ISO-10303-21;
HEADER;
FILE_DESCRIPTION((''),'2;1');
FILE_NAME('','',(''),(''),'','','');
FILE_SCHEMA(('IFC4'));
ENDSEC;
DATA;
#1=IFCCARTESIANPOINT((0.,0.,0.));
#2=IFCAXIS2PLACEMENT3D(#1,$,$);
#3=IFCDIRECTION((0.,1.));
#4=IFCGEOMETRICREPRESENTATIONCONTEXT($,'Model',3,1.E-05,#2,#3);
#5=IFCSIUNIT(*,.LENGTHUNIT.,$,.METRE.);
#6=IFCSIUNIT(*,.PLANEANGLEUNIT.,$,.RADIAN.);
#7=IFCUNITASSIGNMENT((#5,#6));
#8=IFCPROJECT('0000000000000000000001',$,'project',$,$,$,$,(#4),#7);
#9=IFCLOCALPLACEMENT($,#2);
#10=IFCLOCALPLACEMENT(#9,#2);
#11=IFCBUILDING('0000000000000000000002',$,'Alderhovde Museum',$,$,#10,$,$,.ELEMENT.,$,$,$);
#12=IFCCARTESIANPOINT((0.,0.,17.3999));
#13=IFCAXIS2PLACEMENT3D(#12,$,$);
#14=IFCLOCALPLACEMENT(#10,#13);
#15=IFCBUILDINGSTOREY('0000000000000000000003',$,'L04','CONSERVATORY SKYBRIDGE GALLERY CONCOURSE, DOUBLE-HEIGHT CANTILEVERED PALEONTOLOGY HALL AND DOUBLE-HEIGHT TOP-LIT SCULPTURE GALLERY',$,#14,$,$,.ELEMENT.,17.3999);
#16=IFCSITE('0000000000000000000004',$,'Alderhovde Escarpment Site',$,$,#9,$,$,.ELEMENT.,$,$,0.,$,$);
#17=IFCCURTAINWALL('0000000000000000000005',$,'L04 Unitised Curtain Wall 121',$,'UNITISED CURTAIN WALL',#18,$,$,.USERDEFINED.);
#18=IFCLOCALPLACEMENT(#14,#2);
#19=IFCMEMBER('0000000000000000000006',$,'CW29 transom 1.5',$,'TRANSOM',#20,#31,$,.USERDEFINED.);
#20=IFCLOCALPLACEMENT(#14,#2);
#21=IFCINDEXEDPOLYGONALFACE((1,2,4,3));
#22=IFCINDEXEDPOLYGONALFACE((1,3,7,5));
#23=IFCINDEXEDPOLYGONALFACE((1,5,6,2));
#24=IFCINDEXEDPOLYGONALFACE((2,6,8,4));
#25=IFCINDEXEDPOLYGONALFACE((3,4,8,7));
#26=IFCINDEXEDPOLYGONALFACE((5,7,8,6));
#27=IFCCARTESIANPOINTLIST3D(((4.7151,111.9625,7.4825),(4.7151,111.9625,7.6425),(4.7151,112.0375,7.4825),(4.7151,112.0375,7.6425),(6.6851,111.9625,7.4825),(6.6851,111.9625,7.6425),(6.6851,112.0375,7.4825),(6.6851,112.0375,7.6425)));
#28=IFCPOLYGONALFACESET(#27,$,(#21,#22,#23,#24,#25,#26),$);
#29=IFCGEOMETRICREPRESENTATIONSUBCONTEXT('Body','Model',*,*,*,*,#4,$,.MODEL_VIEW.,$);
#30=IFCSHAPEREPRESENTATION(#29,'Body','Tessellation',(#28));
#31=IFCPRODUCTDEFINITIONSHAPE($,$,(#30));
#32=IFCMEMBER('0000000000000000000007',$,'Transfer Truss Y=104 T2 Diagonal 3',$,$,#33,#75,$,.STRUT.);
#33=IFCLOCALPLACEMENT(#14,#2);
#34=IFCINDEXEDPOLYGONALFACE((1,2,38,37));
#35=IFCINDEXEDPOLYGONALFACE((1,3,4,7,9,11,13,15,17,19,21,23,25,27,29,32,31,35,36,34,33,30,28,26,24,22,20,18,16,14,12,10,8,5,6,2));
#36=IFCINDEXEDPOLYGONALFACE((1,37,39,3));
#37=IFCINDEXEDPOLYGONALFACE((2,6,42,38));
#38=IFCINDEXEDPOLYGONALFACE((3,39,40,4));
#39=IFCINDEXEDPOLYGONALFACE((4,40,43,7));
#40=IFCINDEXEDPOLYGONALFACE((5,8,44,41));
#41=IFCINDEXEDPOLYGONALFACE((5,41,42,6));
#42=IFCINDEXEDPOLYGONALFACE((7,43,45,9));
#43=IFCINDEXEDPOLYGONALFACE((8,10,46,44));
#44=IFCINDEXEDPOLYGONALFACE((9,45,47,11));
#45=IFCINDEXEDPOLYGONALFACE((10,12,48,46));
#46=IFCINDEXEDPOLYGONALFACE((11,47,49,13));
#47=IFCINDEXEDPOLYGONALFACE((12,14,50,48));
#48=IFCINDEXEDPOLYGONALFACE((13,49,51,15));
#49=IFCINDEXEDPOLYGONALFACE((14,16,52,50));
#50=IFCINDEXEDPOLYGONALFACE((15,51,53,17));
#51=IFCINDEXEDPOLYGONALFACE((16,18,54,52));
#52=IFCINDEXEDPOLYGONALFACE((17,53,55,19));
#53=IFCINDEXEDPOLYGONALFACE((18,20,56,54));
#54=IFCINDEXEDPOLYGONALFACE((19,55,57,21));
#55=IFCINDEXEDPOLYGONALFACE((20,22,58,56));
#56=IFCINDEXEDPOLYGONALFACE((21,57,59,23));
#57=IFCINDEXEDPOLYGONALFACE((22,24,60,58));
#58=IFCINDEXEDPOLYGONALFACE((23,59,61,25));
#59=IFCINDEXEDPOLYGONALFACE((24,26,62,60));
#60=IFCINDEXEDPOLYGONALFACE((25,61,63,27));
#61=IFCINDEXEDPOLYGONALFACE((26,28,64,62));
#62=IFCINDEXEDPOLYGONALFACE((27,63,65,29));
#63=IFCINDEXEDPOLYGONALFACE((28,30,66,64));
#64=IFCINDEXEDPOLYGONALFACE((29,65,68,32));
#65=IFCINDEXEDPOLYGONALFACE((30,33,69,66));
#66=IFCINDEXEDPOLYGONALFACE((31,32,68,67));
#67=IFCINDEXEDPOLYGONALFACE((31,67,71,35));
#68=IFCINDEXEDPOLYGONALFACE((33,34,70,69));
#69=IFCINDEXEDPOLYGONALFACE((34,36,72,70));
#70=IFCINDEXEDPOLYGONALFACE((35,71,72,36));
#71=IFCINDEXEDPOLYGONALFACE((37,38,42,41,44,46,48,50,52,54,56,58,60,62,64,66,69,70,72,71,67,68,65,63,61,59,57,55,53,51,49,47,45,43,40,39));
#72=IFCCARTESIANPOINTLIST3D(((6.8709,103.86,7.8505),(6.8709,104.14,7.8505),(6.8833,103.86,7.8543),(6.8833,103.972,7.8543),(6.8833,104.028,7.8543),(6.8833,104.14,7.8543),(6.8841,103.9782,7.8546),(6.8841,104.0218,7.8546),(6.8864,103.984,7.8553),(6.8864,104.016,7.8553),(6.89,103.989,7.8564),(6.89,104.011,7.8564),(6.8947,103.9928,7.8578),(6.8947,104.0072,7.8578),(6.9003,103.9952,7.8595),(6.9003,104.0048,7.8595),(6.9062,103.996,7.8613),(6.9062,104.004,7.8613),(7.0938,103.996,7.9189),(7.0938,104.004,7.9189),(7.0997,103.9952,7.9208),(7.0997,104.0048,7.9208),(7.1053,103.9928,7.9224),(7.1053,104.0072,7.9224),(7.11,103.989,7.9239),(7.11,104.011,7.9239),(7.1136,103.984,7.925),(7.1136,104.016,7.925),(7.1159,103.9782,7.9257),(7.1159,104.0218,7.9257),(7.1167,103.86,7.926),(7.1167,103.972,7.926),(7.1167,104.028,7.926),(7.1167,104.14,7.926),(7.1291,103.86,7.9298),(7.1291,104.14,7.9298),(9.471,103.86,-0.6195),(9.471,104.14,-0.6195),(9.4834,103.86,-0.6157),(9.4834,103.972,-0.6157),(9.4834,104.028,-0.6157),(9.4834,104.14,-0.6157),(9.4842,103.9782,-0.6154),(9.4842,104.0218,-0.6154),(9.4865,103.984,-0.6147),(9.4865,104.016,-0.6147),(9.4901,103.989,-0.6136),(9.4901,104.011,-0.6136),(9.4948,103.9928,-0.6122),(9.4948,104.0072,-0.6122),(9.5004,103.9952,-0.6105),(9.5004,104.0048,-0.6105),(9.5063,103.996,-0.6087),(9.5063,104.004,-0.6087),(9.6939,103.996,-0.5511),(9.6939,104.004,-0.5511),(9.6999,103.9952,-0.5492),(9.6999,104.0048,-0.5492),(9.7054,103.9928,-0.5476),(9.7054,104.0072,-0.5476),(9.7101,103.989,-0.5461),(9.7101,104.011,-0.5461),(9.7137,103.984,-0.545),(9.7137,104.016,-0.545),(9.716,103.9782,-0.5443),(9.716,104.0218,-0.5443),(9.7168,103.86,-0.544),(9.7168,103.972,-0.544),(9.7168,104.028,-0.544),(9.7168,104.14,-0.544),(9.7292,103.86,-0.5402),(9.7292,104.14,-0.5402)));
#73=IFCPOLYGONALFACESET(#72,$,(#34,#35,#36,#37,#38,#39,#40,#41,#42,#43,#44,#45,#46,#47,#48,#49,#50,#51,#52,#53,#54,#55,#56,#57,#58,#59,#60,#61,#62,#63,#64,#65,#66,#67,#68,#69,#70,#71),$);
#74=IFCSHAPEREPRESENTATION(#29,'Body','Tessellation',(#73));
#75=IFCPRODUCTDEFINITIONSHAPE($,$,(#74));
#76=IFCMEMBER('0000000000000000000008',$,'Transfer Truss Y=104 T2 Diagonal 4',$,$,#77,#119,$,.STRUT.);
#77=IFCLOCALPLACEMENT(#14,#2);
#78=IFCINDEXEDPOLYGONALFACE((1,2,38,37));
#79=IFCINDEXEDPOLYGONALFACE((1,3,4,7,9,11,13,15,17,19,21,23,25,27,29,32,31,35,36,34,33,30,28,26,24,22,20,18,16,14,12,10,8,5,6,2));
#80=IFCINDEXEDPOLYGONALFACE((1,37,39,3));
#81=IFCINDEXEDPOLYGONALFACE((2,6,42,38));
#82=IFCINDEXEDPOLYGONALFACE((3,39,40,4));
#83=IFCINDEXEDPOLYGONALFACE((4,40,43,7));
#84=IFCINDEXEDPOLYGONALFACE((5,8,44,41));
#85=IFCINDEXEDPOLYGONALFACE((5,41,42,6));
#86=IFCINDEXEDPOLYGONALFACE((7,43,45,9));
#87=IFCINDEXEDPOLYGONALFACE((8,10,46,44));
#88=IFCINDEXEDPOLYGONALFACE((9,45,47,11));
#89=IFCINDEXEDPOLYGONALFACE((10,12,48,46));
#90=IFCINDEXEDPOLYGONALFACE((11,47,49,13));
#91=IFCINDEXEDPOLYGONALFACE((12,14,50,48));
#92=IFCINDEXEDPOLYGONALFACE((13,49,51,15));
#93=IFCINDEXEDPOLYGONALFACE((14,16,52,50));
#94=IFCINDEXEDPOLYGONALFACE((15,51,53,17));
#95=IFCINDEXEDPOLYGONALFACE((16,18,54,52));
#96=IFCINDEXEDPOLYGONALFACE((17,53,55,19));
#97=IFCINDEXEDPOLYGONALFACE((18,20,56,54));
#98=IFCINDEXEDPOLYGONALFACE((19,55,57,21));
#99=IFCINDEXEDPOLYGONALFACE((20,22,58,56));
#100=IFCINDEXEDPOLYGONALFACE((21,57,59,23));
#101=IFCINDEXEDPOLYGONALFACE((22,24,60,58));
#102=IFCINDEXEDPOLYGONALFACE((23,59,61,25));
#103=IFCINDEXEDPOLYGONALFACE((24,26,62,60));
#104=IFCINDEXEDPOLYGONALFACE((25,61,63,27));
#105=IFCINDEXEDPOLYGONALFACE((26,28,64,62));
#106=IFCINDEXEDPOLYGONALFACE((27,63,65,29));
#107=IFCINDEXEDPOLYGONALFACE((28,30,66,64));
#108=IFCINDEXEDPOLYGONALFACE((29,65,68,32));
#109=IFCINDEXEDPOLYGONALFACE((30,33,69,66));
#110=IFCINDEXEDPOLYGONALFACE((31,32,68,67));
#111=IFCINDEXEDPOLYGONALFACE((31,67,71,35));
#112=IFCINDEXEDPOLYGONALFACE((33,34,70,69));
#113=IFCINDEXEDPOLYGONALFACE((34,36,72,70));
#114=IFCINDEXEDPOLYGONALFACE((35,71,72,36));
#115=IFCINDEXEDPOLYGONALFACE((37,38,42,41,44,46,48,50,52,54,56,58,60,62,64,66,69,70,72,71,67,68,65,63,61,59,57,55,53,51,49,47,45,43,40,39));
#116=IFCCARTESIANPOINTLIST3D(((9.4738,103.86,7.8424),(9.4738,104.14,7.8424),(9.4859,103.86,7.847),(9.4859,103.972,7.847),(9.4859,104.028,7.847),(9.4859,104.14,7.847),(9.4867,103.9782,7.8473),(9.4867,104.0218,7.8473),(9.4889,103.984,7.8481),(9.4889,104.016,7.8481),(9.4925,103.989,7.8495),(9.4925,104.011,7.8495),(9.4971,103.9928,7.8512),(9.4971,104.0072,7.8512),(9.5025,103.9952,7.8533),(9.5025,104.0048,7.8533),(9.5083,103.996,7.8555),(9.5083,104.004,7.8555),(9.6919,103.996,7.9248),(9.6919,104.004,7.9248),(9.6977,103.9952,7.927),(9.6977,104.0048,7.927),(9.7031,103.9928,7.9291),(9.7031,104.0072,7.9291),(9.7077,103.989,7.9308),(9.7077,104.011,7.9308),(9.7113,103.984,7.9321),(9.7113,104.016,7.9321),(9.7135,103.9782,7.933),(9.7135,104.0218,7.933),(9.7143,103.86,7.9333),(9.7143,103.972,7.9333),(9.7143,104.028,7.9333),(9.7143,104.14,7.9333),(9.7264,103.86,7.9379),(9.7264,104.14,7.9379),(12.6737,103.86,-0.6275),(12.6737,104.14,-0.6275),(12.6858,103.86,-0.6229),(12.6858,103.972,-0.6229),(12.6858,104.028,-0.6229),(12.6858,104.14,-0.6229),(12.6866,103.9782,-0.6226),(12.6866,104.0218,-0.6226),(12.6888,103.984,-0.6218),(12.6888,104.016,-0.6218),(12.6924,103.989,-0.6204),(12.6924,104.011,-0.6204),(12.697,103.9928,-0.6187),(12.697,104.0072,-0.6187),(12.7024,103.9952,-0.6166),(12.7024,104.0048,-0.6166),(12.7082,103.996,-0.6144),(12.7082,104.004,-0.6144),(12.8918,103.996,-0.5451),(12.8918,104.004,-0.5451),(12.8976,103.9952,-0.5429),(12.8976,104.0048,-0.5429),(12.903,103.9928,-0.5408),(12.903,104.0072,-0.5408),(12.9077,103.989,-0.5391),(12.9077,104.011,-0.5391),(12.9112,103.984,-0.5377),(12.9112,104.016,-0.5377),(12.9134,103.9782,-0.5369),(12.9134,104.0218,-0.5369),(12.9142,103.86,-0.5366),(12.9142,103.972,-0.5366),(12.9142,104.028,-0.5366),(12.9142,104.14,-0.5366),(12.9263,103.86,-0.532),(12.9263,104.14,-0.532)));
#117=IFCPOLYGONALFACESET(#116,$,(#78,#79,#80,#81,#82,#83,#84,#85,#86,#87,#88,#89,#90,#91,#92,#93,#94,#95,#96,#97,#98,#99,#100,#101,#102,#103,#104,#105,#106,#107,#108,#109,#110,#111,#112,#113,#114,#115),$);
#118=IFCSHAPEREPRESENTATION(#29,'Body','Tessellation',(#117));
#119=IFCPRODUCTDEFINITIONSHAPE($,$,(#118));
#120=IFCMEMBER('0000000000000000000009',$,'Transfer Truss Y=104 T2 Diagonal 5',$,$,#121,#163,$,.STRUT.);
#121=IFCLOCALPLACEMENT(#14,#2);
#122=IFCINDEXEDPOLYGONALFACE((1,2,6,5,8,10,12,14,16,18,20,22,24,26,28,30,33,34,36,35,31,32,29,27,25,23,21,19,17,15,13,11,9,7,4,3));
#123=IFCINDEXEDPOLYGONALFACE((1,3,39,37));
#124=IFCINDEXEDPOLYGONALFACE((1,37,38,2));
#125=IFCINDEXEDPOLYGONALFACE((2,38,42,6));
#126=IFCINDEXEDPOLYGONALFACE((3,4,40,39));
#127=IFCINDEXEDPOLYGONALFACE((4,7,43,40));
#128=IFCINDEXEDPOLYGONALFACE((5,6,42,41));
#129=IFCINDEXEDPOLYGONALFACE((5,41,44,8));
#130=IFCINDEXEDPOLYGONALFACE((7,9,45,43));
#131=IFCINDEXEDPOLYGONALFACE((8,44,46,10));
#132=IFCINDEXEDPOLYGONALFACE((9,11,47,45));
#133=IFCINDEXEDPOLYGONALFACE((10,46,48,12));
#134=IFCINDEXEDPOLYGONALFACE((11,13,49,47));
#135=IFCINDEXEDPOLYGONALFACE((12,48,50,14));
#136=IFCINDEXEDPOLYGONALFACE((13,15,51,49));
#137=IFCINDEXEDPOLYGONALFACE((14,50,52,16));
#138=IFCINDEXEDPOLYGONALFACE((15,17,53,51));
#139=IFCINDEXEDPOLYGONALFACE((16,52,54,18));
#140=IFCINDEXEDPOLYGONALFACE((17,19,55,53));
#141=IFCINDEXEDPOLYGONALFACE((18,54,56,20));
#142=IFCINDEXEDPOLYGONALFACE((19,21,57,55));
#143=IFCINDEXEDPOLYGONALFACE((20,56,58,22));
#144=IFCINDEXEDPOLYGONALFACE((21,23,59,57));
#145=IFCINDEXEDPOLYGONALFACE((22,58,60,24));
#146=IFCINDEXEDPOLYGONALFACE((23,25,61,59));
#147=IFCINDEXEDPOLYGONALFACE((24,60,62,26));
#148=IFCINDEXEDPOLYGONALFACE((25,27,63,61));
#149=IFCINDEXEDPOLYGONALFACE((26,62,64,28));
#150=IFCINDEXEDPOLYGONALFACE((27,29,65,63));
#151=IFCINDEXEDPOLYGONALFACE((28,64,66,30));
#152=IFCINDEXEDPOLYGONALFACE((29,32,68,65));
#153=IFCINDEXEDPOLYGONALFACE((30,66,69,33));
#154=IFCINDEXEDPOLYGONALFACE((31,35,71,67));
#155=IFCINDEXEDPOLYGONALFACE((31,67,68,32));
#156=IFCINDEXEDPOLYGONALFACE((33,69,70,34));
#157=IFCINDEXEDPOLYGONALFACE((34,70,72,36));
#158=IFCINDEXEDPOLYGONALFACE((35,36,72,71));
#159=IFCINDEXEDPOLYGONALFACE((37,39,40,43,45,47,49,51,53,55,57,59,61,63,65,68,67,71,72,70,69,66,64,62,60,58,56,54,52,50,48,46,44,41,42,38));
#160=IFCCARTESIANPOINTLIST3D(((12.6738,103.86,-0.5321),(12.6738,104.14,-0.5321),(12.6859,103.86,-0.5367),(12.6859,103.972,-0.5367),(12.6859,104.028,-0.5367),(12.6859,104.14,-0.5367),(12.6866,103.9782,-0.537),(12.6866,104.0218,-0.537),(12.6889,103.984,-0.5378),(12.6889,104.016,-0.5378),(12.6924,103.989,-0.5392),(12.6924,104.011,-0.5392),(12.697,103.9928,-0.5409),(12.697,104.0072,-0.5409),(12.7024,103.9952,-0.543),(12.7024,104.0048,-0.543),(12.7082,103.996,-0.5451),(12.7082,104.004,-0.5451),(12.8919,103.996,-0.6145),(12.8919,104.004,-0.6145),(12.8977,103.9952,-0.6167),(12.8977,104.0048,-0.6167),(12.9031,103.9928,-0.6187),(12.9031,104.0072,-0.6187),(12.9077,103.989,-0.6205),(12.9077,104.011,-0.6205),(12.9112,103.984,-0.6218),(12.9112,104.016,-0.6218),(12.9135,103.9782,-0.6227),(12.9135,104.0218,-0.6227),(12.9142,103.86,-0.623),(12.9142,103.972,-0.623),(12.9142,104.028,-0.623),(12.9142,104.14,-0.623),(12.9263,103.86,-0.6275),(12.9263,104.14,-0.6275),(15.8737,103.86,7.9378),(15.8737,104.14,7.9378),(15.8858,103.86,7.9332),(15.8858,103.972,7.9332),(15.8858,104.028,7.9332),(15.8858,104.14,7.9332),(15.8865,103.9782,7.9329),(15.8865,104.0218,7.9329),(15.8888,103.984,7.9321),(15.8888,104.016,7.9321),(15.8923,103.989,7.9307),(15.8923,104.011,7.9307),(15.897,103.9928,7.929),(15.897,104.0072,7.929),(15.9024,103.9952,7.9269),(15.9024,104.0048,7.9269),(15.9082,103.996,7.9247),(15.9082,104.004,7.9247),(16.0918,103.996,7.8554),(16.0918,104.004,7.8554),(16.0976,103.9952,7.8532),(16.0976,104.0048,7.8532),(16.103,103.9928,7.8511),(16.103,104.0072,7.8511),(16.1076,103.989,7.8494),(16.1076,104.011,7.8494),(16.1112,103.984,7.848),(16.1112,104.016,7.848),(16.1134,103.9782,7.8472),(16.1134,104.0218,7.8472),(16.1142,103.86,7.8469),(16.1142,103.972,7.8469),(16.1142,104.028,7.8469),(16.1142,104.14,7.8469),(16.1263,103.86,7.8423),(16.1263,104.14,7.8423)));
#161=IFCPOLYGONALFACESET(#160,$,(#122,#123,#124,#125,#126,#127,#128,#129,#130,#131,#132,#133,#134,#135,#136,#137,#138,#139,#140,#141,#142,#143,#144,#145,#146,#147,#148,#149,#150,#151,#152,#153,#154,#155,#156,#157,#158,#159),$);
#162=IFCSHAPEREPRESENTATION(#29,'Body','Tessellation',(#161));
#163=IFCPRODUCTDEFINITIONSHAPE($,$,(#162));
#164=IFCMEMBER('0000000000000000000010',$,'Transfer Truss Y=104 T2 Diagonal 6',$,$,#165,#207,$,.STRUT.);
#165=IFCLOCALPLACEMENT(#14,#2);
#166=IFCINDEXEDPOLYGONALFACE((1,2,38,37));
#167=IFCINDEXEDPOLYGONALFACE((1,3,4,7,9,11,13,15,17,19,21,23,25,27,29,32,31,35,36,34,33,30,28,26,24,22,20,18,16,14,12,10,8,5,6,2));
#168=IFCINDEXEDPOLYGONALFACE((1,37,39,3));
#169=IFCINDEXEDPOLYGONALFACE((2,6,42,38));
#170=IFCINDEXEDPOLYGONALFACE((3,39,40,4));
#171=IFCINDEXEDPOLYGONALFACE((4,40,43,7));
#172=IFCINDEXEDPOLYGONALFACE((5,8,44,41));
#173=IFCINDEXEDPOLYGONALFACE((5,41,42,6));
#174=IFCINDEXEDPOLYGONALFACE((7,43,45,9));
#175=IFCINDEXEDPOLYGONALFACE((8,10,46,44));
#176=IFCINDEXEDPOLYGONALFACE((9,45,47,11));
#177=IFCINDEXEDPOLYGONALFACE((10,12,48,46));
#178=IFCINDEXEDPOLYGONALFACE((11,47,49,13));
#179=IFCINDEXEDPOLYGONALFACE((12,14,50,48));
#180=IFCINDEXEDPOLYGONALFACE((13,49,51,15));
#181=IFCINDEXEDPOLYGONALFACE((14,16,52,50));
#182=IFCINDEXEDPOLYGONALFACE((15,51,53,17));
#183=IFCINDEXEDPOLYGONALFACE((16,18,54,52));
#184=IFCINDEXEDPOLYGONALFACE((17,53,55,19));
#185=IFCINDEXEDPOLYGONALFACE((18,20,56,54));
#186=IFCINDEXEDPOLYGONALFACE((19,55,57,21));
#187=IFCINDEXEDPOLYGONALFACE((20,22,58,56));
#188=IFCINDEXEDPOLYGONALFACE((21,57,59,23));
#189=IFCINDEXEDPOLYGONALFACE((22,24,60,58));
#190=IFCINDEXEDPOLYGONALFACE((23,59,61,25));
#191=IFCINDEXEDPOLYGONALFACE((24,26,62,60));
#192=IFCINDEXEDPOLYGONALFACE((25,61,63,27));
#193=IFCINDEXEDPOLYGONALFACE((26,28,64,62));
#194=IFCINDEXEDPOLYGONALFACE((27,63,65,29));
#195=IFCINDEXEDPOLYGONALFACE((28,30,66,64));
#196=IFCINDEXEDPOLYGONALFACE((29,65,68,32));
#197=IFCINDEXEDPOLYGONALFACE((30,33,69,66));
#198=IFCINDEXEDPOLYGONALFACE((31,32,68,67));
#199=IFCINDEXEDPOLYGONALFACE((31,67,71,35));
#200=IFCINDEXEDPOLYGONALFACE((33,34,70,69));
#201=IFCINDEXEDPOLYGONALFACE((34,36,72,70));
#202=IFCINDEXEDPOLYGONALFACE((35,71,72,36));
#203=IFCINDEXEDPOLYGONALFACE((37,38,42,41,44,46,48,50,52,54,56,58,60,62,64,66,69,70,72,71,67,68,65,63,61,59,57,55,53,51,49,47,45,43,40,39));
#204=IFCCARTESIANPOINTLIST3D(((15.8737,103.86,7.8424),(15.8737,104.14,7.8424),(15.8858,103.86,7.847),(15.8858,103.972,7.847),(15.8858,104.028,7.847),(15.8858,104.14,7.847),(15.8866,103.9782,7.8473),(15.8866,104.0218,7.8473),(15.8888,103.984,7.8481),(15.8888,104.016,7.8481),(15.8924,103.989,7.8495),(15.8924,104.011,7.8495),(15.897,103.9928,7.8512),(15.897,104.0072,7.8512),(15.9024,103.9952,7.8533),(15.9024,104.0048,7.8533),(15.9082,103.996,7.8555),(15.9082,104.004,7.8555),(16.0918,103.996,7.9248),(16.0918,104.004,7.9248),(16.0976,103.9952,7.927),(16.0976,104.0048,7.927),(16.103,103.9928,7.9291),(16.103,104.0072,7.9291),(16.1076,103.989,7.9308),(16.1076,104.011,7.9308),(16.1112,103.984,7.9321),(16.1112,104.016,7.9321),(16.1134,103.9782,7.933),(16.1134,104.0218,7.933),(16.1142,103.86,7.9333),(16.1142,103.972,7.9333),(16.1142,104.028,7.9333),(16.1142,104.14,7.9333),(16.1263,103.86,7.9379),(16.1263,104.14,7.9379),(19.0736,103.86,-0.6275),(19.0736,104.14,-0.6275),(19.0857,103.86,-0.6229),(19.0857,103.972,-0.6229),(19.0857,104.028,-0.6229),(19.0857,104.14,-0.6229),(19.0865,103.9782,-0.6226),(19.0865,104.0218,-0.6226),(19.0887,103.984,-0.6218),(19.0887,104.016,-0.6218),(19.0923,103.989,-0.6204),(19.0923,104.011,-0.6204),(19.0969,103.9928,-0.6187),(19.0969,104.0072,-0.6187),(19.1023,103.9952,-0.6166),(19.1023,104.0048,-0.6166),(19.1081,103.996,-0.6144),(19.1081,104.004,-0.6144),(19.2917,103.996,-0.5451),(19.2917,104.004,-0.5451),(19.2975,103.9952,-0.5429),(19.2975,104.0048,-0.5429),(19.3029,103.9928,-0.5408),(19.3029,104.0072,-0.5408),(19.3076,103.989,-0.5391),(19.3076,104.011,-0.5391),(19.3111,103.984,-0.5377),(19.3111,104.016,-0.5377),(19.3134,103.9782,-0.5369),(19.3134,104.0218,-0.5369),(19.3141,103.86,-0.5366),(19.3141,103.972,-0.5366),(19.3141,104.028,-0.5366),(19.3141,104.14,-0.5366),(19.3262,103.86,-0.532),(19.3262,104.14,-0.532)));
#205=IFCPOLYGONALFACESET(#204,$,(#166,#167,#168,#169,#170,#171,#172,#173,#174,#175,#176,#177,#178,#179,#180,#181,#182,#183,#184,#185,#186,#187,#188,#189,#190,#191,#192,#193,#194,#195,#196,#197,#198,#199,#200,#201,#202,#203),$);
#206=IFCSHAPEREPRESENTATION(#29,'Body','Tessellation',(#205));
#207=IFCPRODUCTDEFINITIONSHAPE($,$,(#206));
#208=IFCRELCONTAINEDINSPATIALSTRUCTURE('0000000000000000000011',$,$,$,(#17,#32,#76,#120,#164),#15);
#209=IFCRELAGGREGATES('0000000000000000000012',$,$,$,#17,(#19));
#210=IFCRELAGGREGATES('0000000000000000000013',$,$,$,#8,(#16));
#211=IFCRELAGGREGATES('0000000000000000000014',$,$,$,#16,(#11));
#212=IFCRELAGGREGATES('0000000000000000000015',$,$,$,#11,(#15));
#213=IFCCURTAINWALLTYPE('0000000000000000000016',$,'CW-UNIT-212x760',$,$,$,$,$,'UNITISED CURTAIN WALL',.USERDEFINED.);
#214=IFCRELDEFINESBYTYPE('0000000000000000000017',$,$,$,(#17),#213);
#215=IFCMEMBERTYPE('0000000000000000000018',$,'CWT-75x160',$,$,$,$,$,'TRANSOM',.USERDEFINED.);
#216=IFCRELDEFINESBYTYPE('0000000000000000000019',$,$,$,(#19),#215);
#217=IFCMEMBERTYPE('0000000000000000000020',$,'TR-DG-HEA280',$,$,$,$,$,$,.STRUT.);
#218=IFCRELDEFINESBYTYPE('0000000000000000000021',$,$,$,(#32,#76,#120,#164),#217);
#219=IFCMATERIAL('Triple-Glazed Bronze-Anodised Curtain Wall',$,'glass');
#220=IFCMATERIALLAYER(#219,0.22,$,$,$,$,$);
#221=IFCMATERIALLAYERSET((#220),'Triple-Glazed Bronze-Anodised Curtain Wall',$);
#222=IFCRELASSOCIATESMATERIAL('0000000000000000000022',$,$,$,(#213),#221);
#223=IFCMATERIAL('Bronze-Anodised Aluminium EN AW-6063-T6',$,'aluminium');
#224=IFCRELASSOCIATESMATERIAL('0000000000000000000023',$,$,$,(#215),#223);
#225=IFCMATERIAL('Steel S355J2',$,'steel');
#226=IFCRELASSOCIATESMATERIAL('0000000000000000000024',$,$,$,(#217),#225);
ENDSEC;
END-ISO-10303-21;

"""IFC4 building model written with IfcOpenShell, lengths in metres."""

from ifc_helpers import new_model, si_unit, direction, frame, origin, origin_2d, place, context, subcontext, project, spatial, rectangle, i_section, extrude, material, layer, layer_set, material_profile, profile_set, type_object, element, aggregate, save


model = new_model("IFC4")

# Units and contexts
model_context = context("Model", 3, precision=1e-05, world=origin(), true_north=direction((0.0, 1.0)))
body_context = subcontext(model_context, "Body", "Model", "MODEL_VIEW")
ifc_project = project(units=[si_unit("LENGTHUNIT", "METRE"), si_unit("PLANEANGLEUNIT", "RADIAN")], contexts=[model_context])

# Site, building, storey
site_placement = place(None, origin())
site = spatial("IfcSite", under=ifc_project, at=site_placement, Name="Alderhovde Escarpment Site", CompositionType="ELEMENT", RefElevation=0.0)
building_placement = place(site_placement, origin())
building = spatial("IfcBuilding", under=site, at=building_placement, Name="Alderhovde Museum", CompositionType="ELEMENT")
storey_placement = place(building_placement, frame((0.0, 0.0, 17.3999)))
storey = spatial("IfcBuildingStorey", under=building, at=storey_placement, Name="L04", Description="CONSERVATORY SKYBRIDGE GALLERY CONCOURSE, DOUBLE-HEIGHT CANTILEVERED PALEONTOLOGY HALL AND DOUBLE-HEIGHT TOP-LIT SCULPTURE GALLERY", CompositionType="ELEMENT", Elevation=17.3999)

# Curtain wall, member
ifc_material_1 = material(Name="Triple-Glazed Bronze-Anodised Curtain Wall", Category="glass")
ifc_layer_1 = layer(ifc_material_1, 0.22)
ifc_layer_set_1 = layer_set([ifc_layer_1], Name="Triple-Glazed Bronze-Anodised Curtain Wall")
curtain_wall_type = type_object("IfcCurtainWallType", Name="CW-UNIT-212x760", ElementType="UNITISED CURTAIN WALL", PredefinedType="USERDEFINED", material=ifc_layer_set_1)
curtain_wall_placement = place(storey_placement, origin())
curtain_wall = element("IfcCurtainWall", 1, at=curtain_wall_placement, inside=storey, type_object=curtain_wall_type, Name="L04 Unitised Curtain Wall 121", ObjectType="UNITISED CURTAIN WALL", PredefinedType="USERDEFINED")
ifc_material_2 = material(Name="Bronze-Anodised Aluminium EN AW-6063-T6", Category="aluminium")
ifc_material_profile_1 = material_profile(ifc_material_2, rectangle(XDim=0.075, YDim=0.1599, at=origin_2d()), Name="TRANSOM 75x160")
ifc_profile_set_1 = profile_set([ifc_material_profile_1], Name="Bronze-Anodised Aluminium EN AW-6063-T6")
member_type_1 = type_object("IfcMemberType", Name="CWT-75x160", ElementType="TRANSOM", PredefinedType="USERDEFINED", material=ifc_profile_set_1)
member_1_placement = place(storey_placement, frame((4.7151, 112.0, 7.5625), z_axis=(1.0, 0.0, 0.0), x_axis=(0.0, 1.0, 0.0)))
member_1 = element("IfcMember", 2, at=member_1_placement, type_object=member_type_1, Name="CW29 transom 1.5", ObjectType="TRANSOM", PredefinedType="USERDEFINED", context=body_context, shape_type="SweptSolid", body=[
    extrude(rectangle(XDim=0.075, YDim=0.1599, at=origin_2d()), origin(), (0.0, 0.0, 1.0), 1.97),
])

# Members
ifc_material_3 = material(Name="Steel S355J2", Category="steel")
ifc_material_profile_2 = material_profile(ifc_material_3, i_section(OverallWidth=0.28, OverallDepth=0.27, WebThickness=0.0081, FlangeThickness=0.0129, FilletRadius=0.0239, at=origin_2d()), Name="HEA 280")
ifc_profile_set_2 = profile_set([ifc_material_profile_2], Name="Steel S355J2")
member_type_2 = type_object("IfcMemberType", Name="TR-DG-HEA280", PredefinedType="STRUT", material=ifc_profile_set_2)
member_2_placement = place(storey_placement, frame((7.0, 104.0, 7.8901), z_axis=(0.293462, 0.0, -0.955971), x_axis=(0.0, 1.0, 0.0)))
element("IfcMember", 3, at=member_2_placement, inside=storey, type_object=member_type_2, Name="Transfer Truss Y=104 T2 Diagonal 3", PredefinedType="STRUT", context=body_context, shape_type="SweptSolid", body=[
    extrude(i_section(OverallWidth=0.28, OverallDepth=0.27, WebThickness=0.0081, FlangeThickness=0.0129, FilletRadius=0.0239, at=origin_2d()), origin(), (0.0, 0.0, 1.0), 8.8601),
])
for number, where, z_axis, x_axis, name in (
    (4, (9.6001, 104.0, 7.8901), (0.353418, 0.0, -0.935465), (0.0, 1.0, 0.0), "Transfer Truss Y=104 T2 Diagonal 4"),
    (5, (12.8, 104.0, -0.5798), (0.353418, 0.0, 0.935465), (0.0, 1.0, 0.0), "Transfer Truss Y=104 T2 Diagonal 5"),
    (6, (16.0, 104.0, 7.8901), (0.353418, 0.0, -0.935465), (0.0, 1.0, 0.0), "Transfer Truss Y=104 T2 Diagonal 6"),
):
    element("IfcMember", number, at=place(storey_placement, frame(where, z_axis=z_axis, x_axis=x_axis)), inside=storey, type_object=member_type_2, Name=name, PredefinedType="STRUT", context=body_context, shape_type="SweptSolid", body=[
        extrude(i_section(OverallWidth=0.28, OverallDepth=0.27, WebThickness=0.0081, FlangeThickness=0.0129, FilletRadius=0.0239, at=origin_2d()), origin(), (0.0, 0.0, 1.0), 9.0542),
    ])

aggregate(curtain_wall, [member_1])

save(model, "model.ifc")
